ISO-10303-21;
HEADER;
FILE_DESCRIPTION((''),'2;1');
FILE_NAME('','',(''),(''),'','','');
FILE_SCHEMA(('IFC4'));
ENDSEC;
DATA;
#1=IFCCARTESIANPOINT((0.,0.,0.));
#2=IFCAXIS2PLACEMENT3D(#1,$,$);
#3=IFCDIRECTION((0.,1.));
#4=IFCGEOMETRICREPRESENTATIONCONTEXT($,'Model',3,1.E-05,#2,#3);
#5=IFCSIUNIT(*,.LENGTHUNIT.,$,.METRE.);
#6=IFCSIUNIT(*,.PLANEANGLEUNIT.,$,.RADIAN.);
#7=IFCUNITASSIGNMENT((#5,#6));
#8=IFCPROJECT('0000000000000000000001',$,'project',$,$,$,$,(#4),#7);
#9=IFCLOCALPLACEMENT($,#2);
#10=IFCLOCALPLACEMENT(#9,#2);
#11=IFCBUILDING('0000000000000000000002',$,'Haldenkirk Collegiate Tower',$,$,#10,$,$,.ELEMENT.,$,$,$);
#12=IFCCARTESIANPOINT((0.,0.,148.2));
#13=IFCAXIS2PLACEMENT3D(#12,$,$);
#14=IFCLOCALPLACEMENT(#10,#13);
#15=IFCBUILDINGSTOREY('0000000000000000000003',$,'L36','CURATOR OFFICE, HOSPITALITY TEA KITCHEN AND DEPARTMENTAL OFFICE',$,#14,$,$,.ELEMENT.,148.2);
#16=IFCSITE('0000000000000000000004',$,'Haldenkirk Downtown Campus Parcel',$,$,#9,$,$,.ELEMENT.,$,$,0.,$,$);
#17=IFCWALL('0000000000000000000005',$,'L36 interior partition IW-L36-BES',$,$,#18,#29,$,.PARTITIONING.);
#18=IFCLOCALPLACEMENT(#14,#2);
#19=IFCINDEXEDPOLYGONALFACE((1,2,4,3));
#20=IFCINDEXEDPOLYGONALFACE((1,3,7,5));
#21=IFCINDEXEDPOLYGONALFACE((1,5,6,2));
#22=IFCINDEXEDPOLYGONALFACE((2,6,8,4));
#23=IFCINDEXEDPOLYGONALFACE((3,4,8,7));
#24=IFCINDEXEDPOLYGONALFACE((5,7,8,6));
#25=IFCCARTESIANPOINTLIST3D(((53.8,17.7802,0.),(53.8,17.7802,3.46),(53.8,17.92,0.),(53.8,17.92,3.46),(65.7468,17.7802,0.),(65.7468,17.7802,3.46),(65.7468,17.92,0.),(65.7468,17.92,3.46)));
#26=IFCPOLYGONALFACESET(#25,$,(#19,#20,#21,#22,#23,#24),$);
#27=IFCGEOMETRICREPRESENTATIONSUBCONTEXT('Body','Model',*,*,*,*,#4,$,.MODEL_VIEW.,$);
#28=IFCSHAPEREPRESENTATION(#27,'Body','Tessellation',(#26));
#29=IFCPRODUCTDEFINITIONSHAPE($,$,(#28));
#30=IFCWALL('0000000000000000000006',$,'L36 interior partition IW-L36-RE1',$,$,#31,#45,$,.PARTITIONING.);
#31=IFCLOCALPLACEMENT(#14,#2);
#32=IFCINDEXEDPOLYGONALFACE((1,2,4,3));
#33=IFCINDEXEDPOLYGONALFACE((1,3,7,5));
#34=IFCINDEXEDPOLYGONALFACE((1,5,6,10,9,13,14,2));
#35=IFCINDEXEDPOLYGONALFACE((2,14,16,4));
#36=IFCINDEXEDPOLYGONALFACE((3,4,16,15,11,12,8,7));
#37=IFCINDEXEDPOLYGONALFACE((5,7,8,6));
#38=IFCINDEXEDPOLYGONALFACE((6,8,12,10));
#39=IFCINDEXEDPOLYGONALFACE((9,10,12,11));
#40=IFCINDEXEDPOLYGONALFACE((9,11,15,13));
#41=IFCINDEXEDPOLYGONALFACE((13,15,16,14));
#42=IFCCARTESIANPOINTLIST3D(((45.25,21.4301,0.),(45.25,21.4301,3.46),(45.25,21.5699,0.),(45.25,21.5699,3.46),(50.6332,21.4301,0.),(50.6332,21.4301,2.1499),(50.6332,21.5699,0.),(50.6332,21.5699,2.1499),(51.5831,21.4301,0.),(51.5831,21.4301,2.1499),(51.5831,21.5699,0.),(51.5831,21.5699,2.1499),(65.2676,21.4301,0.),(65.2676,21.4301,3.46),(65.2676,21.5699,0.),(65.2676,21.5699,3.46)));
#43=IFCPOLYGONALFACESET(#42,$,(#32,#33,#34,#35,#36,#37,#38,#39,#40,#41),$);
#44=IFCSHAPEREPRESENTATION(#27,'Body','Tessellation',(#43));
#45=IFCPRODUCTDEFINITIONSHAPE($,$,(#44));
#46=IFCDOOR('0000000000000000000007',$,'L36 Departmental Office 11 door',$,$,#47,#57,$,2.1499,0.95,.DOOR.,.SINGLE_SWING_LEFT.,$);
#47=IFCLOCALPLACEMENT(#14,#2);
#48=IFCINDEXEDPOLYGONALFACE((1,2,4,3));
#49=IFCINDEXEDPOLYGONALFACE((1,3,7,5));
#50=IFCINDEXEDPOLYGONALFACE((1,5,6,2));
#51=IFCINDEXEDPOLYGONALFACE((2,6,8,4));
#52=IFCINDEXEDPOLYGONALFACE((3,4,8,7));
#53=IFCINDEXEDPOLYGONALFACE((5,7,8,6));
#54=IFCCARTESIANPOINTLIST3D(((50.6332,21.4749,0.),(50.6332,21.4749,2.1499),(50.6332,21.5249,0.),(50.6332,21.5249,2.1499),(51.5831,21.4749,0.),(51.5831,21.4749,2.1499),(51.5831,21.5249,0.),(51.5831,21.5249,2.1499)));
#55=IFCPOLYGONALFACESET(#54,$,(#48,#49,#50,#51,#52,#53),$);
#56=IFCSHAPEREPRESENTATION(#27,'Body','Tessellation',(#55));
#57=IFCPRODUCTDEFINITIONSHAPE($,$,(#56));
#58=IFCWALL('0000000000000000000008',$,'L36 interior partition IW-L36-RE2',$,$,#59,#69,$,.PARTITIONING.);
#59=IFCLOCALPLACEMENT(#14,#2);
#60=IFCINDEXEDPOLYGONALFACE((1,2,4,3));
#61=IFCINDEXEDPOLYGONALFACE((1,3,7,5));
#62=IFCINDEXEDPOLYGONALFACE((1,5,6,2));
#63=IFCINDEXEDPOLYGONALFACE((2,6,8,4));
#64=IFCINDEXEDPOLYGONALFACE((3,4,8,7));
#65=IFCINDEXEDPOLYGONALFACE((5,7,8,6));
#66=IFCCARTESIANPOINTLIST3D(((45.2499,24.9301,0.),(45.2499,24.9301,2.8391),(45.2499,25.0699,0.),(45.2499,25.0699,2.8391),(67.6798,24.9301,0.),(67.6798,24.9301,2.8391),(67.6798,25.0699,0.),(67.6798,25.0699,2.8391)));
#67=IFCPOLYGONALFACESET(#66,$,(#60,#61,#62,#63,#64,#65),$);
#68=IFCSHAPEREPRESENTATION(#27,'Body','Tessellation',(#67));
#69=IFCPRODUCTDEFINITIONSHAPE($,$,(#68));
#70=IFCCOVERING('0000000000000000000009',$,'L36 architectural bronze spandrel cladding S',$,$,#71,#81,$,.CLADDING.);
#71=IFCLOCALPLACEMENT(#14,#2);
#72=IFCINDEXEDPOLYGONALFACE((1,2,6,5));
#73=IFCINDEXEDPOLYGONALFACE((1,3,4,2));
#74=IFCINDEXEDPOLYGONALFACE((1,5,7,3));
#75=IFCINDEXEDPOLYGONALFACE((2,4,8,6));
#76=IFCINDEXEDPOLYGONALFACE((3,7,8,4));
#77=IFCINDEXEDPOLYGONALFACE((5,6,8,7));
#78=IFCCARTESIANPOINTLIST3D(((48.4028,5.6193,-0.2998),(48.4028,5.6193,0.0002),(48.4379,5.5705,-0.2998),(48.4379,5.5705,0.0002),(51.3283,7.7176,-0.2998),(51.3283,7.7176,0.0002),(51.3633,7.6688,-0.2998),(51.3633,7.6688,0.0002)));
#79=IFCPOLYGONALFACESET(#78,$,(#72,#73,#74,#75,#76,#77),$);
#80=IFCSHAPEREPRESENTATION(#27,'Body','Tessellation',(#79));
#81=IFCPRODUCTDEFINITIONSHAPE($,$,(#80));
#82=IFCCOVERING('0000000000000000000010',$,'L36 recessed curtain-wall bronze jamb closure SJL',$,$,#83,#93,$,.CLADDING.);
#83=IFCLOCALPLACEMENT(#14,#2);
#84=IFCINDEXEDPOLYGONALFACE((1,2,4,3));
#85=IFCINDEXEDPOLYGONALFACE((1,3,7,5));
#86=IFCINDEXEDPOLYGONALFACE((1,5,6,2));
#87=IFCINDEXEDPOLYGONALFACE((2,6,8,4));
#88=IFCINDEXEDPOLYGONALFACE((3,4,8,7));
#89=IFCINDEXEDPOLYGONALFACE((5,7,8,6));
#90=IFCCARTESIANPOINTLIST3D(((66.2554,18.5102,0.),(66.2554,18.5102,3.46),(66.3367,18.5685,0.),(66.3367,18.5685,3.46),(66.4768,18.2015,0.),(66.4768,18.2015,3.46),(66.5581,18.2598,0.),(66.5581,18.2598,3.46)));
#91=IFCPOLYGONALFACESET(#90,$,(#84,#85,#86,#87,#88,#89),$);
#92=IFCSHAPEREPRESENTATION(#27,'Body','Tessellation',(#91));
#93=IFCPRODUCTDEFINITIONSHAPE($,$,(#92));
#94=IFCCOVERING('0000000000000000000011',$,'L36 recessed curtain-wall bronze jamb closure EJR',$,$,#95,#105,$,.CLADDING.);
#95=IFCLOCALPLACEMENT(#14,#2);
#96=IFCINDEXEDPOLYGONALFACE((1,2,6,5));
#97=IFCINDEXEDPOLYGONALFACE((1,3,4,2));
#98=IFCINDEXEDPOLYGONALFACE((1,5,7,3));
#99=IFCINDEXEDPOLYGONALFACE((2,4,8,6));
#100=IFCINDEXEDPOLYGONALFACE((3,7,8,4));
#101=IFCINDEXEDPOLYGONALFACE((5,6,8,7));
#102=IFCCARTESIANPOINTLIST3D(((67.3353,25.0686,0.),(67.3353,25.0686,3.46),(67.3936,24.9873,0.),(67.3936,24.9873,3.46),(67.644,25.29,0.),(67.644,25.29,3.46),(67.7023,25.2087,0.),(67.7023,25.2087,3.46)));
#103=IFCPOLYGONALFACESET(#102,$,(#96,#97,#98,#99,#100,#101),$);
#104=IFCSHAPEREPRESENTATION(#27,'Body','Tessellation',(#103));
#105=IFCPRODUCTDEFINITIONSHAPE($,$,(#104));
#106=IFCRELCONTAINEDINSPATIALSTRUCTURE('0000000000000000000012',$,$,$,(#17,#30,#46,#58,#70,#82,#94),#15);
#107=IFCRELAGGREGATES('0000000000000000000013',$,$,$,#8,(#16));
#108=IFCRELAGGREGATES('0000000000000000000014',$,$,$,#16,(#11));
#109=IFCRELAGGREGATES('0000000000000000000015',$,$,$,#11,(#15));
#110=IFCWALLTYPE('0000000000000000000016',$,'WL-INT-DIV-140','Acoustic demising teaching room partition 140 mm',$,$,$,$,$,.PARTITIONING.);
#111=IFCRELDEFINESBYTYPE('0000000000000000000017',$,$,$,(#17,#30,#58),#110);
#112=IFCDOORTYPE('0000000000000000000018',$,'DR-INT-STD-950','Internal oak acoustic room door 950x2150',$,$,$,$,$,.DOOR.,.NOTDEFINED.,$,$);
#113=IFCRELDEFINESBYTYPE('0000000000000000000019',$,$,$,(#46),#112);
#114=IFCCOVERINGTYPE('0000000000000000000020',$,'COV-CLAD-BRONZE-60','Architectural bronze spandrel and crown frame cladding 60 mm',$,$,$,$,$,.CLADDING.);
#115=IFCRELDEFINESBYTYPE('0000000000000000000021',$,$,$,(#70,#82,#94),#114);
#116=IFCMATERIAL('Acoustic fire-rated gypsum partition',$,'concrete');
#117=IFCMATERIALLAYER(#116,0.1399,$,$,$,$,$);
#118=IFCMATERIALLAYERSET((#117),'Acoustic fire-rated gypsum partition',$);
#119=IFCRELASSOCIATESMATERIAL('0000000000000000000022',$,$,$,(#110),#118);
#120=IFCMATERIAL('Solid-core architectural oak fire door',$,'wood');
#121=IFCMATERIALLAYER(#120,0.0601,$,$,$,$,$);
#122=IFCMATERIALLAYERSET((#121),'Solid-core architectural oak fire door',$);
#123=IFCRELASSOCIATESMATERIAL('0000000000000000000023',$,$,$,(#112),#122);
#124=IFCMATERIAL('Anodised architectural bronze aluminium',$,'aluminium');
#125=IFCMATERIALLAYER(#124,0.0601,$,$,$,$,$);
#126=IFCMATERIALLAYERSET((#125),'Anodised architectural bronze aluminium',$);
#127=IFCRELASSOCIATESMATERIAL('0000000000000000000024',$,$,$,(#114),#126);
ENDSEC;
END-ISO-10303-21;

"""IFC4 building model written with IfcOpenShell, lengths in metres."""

from ifc_helpers import new_model, si_unit, direction, frame, frame_2d, origin, origin_2d, place, context, subcontext, project, spatial, rectangle, extrude, source, transform, mapped, material, layer, layer_set, type_object, element, fill, save


model = new_model("IFC4")

# Units and contexts
model_context = context("Model", 3, precision=1e-05, world=origin(), true_north=direction((0.0, 1.0)))
body_context = subcontext(model_context, "Body", "Model", "MODEL_VIEW")
ifc_project = project(units=[si_unit("LENGTHUNIT", "METRE"), si_unit("PLANEANGLEUNIT", "RADIAN")], contexts=[model_context])

# Site, building, storey
site_placement = place(None, origin())
site = spatial("IfcSite", under=ifc_project, at=site_placement, Name="Haldenkirk Downtown Campus Parcel", CompositionType="ELEMENT", RefElevation=0.0)
building_placement = place(site_placement, origin())
building = spatial("IfcBuilding", under=site, at=building_placement, Name="Haldenkirk Collegiate Tower", CompositionType="ELEMENT")
storey_placement = place(building_placement, frame((0.0, 0.0, 148.2)))
storey = spatial("IfcBuildingStorey", under=building, at=storey_placement, Name="L36", Description="CURATOR OFFICE, HOSPITALITY TEA KITCHEN AND DEPARTMENTAL OFFICE", CompositionType="ELEMENT", Elevation=148.2)

# Shared definitions
ifc_material_1 = material(Name="Anodised architectural bronze aluminium", Category="aluminium")

# Wall
ifc_material_2 = material(Name="Acoustic fire-rated gypsum partition", Category="concrete")
ifc_layer_1 = layer(ifc_material_2, 0.1399)
ifc_layer_set_1 = layer_set([ifc_layer_1], Name="Acoustic fire-rated gypsum partition")
wall_type_1 = type_object("IfcWallType", Name="WL-INT-DIV-140", Description="Acoustic demising teaching room partition 140 mm", PredefinedType="PARTITIONING", material=ifc_layer_set_1)
wall_1_placement = place(storey_placement, frame((53.8, 17.8501, 0.0), z_axis=(0.0, 0.0, 1.0), x_axis=(1.0, 0.0, 0.0)))
element("IfcWall", 1, at=wall_1_placement, inside=storey, type_object=wall_type_1, Name="L36 interior partition IW-L36-BES", PredefinedType="PARTITIONING", context=body_context, shape_type="SweptSolid", body=[
    extrude(rectangle(XDim=11.9468, YDim=0.1399, at=frame_2d((5.9734, 0.0))), origin(), (0.0, 0.0, 1.0), 3.46),
])

# Wall, opening, door
wall_2_placement = place(storey_placement, frame((45.25, 21.5, 0.0), z_axis=(0.0, 0.0, 1.0), x_axis=(1.0, 0.0, 0.0)))
wall_2 = element("IfcWall", 2, at=wall_2_placement, inside=storey, type_object=wall_type_1, Name="L36 interior partition IW-L36-RE1", PredefinedType="PARTITIONING", context=body_context, shape_type="SweptSolid", body=[
    extrude(rectangle(XDim=20.0176, YDim=0.1399, at=frame_2d((10.0088, 0.0))), origin(), (0.0, 0.0, 1.0), 3.46),
])
opening_1_placement = place(wall_2_placement, frame((5.3831, 0.0, 0.0)))
opening_1 = element("IfcOpeningElement", 3, at=opening_1_placement, cuts=wall_2, PredefinedType="OPENING", context=body_context, shape_type="SweptSolid", body=[
    extrude(rectangle(XDim=0.95, YDim=2.1499, at=frame_2d((0.4751, 1.075))), frame((0.0, 0.0798, 0.0), z_axis=(0.0, -1.0, 0.0), x_axis=(1.0, 0.0, 0.0)), (0.0, 0.0, 1.0), 0.1599),
])
ifc_material_3 = material(Name="Solid-core architectural oak fire door", Category="wood")
ifc_layer_2 = layer(ifc_material_3, 0.0601)
ifc_layer_set_2 = layer_set([ifc_layer_2], Name="Solid-core architectural oak fire door")
door_type = type_object("IfcDoorType", Name="DR-INT-STD-950", Description="Internal oak acoustic room door 950x2150", OperationType="NOTDEFINED", PredefinedType="DOOR", material=ifc_layer_set_2)
door_placement = place(opening_1_placement, origin())
door = element("IfcDoor", 4, at=door_placement, inside=storey, type_object=door_type, Name="L36 Departmental Office 11 door", OperationType="SINGLE_SWING_LEFT", OverallHeight=2.1499, OverallWidth=0.95, PredefinedType="DOOR", context=body_context, shape_type="SweptSolid", body=[
    extrude(rectangle(XDim=0.95, YDim=2.1499, at=frame_2d((0.4751, 1.075))), frame((0.0, 0.0249, 0.0), z_axis=(0.0, -1.0, 0.0), x_axis=(1.0, 0.0, 0.0)), (0.0, 0.0, 1.0), 0.05),
])
fill(opening_1, door)

# Wall
wall_3_placement = place(storey_placement, frame((45.25, 25.0, 0.0), z_axis=(0.0, 0.0, 1.0), x_axis=(1.0, 0.0, 0.0)))
element("IfcWall", 5, at=wall_3_placement, inside=storey, type_object=wall_type_1, Name="L36 interior partition IW-L36-RE2", PredefinedType="PARTITIONING", context=body_context, shape_type="SweptSolid", body=[
    extrude(rectangle(XDim=22.4299, YDim=0.1399, at=frame_2d((11.2148, 0.0))), origin(), (0.0, 0.0, 1.0), 2.8391),
])

# Coverings
ifc_layer_3 = layer(ifc_material_1, 0.0601)
ifc_layer_set_3 = layer_set([ifc_layer_3], Name="Anodised architectural bronze aluminium")
covering_type = type_object("IfcCoveringType", Name="COV-CLAD-BRONZE-60", Description="Architectural bronze spandrel and crown frame cladding 60 mm", PredefinedType="CLADDING", material=ifc_layer_set_3)
shared_shape_1 = source(origin(), body_context, "Body", "SweptSolid", [
    extrude(rectangle(XDim=3.6001, YDim=0.0601, at=origin_2d()), origin(), (0.0, 0.0, 1.0), 0.3),
])
covering_placement = place(storey_placement, frame((49.8831, 6.644, -0.2998), z_axis=(0.0, 0.0, 1.0), x_axis=(-0.812592, -0.582832, 0.0)))
element("IfcCovering", 6, at=covering_placement, inside=storey, type_object=covering_type, Name="L36 architectural bronze spandrel cladding S", PredefinedType="CLADDING", context=body_context, shape_type="MappedRepresentation", body=[
    mapped(shared_shape_1, transform((0.0, 0.0, 0.0), x_axis=(1.0, 0.0, 0.0), y_axis=(0.0, 1.0, 0.0), z_axis=(0.0, 0.0, 1.0), scale=1.0)),
])
shared_shape_2 = source(origin(), body_context, "Body", "SweptSolid", [
    extrude(rectangle(XDim=0.1001, YDim=0.3799, at=origin_2d()), origin(), (0.0, 0.0, 1.0), 3.46),
])
for number, where, z_axis, x_axis, name in (
    (7, (66.4067, 18.385, 0.0), (0.0, 0.0, 1.0), (-0.812592, -0.582832, 0.0), "L36 recessed curtain-wall bronze jamb closure SJL"),
    (8, (67.5188, 25.1387, 0.0), (0.0, 0.0, 1.0), (0.582832, -0.812592, 0.0), "L36 recessed curtain-wall bronze jamb closure EJR"),
):
    element("IfcCovering", number, at=place(storey_placement, frame(where, z_axis=z_axis, x_axis=x_axis)), inside=storey, type_object=covering_type, Name=name, PredefinedType="CLADDING", context=body_context, shape_type="MappedRepresentation", body=[
        mapped(shared_shape_2, transform((0.0, 0.0, 0.0), x_axis=(1.0, 0.0, 0.0), y_axis=(0.0, 1.0, 0.0), z_axis=(0.0, 0.0, 1.0), scale=1.0)),
    ])

save(model, "model.ifc")
